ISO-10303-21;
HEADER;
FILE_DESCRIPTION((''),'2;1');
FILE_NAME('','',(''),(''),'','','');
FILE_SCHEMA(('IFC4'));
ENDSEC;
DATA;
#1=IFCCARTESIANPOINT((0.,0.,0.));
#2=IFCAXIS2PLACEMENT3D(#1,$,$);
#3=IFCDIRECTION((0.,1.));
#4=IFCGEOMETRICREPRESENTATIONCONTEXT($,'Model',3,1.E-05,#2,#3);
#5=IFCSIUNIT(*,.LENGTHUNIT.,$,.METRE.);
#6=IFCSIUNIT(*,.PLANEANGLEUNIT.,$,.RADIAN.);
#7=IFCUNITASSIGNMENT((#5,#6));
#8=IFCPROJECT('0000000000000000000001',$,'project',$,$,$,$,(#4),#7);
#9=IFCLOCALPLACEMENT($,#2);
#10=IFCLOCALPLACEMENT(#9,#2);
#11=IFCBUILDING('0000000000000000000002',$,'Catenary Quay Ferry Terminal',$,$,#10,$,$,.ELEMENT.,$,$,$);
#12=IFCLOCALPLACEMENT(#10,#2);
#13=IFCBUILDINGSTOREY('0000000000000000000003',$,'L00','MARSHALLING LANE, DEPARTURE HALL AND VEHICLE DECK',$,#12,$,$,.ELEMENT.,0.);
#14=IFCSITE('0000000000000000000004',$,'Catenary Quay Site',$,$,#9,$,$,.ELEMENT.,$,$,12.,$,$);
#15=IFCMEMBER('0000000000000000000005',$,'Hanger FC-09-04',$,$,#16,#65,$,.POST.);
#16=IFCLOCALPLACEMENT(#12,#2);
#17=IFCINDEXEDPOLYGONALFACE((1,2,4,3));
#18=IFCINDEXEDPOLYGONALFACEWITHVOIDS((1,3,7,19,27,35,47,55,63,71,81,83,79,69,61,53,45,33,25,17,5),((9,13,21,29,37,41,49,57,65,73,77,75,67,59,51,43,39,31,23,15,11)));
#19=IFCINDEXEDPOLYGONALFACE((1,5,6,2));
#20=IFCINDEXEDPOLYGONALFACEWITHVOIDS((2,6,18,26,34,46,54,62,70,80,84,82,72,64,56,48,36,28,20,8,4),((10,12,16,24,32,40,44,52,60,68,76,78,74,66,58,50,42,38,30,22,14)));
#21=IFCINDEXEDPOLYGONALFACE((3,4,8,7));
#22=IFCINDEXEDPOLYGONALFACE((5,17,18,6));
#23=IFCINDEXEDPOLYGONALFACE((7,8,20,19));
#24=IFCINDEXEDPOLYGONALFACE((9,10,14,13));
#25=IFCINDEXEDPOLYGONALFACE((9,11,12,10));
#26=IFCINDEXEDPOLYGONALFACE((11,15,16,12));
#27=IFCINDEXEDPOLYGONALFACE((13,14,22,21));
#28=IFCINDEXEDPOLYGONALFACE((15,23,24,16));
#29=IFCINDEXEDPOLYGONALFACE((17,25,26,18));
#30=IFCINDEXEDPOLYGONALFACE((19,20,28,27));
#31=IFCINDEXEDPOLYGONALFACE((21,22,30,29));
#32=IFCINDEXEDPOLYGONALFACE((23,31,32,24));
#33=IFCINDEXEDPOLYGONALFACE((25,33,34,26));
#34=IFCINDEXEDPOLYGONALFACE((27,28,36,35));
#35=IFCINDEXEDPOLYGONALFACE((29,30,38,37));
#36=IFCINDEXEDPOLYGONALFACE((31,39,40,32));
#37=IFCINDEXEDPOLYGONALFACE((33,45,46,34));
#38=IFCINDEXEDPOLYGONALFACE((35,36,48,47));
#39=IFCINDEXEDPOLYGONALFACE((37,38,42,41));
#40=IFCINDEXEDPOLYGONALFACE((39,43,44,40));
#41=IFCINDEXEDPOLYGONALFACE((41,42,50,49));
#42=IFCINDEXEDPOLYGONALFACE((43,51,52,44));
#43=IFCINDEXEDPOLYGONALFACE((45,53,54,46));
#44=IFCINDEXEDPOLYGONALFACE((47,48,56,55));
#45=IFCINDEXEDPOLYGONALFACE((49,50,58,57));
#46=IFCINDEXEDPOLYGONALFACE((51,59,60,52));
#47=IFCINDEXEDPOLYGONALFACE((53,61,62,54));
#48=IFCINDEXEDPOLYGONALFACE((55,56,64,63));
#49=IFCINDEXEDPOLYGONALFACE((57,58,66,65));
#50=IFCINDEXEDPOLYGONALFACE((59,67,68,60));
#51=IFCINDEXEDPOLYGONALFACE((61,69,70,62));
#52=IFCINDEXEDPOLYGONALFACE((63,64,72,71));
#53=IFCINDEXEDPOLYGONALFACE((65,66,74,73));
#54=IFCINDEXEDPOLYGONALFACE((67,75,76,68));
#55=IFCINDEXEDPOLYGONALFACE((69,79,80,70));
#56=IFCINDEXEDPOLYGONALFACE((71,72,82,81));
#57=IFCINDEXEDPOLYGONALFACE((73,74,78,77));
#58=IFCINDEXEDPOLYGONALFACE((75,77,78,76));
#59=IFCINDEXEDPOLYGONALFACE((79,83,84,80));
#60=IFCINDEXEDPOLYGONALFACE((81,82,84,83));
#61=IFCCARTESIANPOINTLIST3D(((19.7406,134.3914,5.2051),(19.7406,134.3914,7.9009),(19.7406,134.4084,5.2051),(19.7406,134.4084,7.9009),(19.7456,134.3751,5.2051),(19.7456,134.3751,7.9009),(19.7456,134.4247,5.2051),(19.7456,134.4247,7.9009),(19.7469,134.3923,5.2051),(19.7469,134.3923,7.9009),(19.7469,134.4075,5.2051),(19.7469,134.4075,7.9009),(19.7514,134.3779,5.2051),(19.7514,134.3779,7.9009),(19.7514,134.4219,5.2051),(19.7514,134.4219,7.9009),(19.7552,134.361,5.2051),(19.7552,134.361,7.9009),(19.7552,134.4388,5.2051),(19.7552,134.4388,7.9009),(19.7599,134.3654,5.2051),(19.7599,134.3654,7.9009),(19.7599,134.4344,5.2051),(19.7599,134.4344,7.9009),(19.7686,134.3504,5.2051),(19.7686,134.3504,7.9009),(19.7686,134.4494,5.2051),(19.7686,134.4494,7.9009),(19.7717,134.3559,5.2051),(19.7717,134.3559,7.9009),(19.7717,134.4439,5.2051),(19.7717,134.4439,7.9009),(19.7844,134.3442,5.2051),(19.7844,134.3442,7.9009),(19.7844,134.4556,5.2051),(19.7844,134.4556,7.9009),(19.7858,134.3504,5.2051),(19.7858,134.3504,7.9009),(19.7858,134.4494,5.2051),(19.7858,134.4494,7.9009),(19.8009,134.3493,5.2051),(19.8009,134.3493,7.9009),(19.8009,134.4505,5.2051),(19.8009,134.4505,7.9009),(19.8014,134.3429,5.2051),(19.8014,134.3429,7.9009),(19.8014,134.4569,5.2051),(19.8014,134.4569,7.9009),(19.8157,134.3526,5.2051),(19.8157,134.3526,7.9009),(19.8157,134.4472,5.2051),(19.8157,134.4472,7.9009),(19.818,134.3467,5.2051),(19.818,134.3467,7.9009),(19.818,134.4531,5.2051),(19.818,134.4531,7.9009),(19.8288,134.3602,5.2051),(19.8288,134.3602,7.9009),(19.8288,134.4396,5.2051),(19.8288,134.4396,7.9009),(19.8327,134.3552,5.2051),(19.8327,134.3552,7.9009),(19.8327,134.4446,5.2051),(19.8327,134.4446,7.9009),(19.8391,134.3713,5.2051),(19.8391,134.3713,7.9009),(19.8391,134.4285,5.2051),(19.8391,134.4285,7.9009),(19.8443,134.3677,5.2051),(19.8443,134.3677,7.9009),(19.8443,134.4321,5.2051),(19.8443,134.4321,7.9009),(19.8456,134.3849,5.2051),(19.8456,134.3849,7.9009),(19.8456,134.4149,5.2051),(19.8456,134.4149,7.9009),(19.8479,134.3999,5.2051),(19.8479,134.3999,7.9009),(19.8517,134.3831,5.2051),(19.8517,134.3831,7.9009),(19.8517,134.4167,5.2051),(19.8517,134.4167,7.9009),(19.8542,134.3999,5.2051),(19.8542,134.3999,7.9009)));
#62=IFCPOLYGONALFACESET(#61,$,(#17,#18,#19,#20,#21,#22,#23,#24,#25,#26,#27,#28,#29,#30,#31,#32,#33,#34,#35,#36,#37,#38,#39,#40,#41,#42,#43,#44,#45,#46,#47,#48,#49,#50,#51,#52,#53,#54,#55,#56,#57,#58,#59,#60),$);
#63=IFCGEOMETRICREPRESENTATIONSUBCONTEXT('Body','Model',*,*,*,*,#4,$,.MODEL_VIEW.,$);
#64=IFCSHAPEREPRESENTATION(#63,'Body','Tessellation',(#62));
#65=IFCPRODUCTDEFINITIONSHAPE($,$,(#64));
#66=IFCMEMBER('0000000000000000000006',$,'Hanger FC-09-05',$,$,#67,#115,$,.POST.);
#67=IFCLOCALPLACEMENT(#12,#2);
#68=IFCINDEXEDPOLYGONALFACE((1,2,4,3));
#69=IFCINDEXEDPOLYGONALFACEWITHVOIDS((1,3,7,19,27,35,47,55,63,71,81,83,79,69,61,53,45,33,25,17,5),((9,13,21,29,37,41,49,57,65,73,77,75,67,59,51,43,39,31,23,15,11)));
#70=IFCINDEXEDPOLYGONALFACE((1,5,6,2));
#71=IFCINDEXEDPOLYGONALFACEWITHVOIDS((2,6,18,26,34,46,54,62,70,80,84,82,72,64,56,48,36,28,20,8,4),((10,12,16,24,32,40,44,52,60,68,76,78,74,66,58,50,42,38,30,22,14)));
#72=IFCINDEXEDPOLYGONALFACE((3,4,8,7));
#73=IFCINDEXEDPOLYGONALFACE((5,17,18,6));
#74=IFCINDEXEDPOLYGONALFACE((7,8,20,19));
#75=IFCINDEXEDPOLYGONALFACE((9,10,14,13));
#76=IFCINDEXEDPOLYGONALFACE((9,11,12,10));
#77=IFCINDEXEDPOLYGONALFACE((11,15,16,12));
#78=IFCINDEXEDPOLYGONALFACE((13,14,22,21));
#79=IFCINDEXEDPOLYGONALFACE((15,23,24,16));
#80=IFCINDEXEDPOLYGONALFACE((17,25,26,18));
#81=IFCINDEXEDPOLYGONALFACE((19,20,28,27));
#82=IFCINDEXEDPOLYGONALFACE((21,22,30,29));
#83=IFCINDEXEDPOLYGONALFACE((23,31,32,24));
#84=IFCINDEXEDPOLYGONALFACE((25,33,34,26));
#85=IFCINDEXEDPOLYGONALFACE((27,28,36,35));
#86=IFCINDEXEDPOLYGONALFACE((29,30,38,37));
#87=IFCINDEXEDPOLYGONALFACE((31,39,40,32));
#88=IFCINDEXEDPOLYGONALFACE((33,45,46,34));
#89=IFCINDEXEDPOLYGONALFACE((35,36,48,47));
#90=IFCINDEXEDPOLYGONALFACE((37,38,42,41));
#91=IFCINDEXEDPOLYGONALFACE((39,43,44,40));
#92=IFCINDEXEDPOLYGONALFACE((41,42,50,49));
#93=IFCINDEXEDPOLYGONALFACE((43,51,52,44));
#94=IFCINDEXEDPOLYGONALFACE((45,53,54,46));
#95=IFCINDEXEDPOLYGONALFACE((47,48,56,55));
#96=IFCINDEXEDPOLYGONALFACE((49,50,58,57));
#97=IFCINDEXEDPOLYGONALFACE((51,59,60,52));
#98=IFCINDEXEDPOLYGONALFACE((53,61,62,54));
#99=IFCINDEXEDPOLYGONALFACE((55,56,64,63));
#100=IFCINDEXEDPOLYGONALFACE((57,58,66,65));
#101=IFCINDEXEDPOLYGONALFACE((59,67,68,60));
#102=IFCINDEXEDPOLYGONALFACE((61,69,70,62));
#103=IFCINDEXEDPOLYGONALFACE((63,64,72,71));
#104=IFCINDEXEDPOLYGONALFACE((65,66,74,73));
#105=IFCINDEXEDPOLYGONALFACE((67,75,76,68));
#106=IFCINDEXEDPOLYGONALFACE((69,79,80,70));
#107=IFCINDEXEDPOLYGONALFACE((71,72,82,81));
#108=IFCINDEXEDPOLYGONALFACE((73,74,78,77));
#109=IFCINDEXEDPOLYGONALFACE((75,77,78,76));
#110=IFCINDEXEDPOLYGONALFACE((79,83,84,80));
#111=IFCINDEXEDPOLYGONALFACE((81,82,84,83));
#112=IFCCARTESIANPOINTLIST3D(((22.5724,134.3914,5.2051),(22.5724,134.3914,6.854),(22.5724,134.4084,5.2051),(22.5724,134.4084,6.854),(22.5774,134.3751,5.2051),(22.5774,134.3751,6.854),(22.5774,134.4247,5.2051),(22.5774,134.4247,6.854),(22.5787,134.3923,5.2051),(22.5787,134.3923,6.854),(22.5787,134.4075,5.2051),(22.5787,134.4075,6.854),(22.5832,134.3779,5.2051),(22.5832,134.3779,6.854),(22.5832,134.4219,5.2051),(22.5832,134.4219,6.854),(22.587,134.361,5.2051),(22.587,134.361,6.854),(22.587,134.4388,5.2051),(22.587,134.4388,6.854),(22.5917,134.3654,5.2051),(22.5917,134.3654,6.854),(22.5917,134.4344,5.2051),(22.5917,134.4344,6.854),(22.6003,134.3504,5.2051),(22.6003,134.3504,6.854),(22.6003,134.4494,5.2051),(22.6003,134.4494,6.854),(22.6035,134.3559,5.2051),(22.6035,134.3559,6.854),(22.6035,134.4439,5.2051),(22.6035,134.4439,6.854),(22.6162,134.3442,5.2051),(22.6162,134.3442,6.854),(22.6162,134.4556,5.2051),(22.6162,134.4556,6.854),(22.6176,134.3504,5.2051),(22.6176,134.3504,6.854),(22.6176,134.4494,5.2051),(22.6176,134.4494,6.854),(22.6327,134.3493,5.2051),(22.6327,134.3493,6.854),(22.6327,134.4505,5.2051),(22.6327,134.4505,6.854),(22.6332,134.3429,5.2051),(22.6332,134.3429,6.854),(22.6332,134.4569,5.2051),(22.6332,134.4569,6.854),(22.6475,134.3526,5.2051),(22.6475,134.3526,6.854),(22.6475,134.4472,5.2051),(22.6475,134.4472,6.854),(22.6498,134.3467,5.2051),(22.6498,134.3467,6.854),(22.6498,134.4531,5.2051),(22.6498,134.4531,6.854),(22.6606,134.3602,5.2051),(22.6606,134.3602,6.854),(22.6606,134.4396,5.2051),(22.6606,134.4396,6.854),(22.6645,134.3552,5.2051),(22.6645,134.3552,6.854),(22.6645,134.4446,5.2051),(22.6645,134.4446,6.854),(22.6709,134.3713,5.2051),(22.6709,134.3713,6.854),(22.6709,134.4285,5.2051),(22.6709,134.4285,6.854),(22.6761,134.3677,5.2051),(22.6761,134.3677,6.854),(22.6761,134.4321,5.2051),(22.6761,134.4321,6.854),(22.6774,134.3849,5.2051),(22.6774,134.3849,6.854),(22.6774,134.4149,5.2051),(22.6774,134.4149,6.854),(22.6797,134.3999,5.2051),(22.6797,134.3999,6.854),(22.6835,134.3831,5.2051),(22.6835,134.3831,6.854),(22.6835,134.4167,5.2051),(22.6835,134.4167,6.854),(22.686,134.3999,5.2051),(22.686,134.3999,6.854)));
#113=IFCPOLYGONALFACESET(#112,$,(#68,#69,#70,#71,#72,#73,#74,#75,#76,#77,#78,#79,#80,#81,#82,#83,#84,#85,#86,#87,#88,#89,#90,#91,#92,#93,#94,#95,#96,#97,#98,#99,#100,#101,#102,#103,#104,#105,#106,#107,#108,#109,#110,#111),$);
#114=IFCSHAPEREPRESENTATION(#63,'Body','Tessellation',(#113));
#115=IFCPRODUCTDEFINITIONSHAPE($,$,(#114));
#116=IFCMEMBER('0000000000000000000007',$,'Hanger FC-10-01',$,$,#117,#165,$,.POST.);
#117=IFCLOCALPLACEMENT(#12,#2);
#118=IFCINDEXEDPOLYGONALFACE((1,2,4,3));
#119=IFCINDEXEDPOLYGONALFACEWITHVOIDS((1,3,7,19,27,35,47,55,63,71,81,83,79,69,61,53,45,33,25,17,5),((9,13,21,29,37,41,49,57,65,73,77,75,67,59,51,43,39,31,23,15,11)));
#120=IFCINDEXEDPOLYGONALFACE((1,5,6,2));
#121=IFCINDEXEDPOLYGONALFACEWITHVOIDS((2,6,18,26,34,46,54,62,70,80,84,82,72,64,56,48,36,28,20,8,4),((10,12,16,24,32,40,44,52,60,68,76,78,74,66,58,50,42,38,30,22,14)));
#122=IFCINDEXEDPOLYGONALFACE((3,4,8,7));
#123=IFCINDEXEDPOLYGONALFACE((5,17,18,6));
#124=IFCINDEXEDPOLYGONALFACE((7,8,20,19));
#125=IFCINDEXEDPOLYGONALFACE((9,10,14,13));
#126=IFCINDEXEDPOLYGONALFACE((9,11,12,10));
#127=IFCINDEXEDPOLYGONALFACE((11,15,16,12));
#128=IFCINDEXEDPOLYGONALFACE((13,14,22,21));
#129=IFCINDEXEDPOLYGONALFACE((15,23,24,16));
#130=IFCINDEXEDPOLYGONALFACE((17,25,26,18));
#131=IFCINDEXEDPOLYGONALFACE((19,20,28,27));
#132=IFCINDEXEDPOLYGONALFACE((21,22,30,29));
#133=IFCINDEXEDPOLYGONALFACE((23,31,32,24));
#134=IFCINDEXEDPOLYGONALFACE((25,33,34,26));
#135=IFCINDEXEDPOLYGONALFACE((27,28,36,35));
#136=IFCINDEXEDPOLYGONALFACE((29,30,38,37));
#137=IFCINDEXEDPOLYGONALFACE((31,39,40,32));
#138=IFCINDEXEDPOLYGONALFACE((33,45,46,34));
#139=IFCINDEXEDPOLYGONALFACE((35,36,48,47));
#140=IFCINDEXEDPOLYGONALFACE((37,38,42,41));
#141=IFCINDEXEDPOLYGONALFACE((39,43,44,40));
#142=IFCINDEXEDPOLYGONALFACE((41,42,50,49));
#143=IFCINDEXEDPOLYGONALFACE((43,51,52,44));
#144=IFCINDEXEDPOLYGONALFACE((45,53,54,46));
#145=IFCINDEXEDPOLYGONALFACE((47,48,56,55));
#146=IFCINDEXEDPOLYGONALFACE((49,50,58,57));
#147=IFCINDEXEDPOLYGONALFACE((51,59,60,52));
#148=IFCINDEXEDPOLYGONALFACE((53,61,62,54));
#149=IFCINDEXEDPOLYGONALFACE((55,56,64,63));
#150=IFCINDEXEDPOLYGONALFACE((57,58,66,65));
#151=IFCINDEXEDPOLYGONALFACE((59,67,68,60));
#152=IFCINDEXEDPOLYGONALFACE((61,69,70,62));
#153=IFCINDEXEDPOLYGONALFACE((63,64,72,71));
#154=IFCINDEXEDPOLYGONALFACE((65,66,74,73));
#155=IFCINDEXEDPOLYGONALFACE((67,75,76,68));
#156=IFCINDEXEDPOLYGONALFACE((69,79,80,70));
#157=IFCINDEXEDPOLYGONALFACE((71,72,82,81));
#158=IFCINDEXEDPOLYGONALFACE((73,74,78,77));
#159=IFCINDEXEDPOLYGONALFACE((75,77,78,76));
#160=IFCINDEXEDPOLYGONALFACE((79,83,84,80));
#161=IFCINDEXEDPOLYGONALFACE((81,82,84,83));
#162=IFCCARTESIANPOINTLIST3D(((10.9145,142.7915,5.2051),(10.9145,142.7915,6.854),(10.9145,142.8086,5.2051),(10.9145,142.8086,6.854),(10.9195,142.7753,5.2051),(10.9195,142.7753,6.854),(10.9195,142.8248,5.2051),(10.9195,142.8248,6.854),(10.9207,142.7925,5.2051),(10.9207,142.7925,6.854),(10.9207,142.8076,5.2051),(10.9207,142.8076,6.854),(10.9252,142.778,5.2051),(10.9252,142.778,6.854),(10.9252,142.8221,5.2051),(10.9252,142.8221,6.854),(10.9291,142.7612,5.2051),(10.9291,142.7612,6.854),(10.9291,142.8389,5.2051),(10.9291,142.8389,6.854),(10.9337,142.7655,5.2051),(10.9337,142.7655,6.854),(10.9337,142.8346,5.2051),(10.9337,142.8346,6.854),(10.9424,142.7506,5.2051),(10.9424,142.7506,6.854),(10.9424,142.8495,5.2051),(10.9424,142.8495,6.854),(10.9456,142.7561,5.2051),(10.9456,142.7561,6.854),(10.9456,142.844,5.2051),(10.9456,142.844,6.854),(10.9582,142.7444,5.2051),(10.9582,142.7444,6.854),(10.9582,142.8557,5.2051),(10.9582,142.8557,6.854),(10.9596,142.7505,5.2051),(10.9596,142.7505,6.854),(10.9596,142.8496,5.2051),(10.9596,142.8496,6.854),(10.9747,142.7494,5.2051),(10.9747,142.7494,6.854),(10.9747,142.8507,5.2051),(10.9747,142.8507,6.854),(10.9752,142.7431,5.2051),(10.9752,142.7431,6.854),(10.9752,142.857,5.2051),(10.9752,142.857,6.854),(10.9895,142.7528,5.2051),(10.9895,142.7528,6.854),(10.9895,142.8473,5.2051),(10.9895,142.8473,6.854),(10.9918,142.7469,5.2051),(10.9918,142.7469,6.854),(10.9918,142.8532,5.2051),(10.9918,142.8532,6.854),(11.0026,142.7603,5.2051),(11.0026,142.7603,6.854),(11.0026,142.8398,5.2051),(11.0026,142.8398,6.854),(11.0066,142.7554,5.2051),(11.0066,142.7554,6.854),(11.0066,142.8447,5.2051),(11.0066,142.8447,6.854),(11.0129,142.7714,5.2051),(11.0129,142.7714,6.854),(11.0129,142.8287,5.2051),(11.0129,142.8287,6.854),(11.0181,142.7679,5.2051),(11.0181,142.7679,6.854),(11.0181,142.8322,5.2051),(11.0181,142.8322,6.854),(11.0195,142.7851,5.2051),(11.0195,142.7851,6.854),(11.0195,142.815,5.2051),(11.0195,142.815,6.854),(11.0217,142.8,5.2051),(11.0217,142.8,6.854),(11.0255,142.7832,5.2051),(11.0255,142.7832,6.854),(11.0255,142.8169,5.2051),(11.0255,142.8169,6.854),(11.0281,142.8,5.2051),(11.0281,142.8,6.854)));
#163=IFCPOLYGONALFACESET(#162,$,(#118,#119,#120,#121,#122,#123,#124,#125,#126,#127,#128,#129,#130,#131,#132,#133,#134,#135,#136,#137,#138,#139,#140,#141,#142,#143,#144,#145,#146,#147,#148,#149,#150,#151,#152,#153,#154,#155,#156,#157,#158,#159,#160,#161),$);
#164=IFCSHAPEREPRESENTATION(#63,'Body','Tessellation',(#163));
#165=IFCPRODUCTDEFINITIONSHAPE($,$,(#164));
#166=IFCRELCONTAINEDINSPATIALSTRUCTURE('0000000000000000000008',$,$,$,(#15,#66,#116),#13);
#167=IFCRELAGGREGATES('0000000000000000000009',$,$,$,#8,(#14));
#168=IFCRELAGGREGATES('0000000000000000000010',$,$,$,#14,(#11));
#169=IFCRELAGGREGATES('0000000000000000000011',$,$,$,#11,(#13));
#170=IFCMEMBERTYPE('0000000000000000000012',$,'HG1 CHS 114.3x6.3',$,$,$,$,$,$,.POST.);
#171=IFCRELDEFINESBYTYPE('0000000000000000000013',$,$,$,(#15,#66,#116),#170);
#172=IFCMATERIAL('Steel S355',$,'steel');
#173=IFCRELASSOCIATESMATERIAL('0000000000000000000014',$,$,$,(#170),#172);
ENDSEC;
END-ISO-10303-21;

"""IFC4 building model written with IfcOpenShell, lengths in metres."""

from ifc_helpers import new_model, si_unit, direction, frame, origin, origin_2d, place, context, subcontext, project, spatial, hollow_circle, extrude, material, material_profile, profile_set, type_object, element, save


model = new_model("IFC4")

# Units and contexts
model_context = context("Model", 3, precision=1e-05, world=origin(), true_north=direction((0.0, 1.0)))
body_context = subcontext(model_context, "Body", "Model", "MODEL_VIEW")
ifc_project = project(units=[si_unit("LENGTHUNIT", "METRE"), si_unit("PLANEANGLEUNIT", "RADIAN")], contexts=[model_context])

# Site, building, storey
site_placement = place(None, origin())
site = spatial("IfcSite", under=ifc_project, at=site_placement, Name="Catenary Quay Site", CompositionType="ELEMENT", RefElevation=12.0)
building_placement = place(site_placement, origin())
building = spatial("IfcBuilding", under=site, at=building_placement, Name="Catenary Quay Ferry Terminal", CompositionType="ELEMENT")
storey_placement = place(building_placement, origin())
storey = spatial("IfcBuildingStorey", under=building, at=storey_placement, Name="L00", Description="MARSHALLING LANE, DEPARTURE HALL AND VEHICLE DECK", CompositionType="ELEMENT", Elevation=0.0)

# Members
ifc_material_1 = material(Name="Steel S355", Category="steel")
ifc_material_profile_1 = material_profile(ifc_material_1, hollow_circle(Radius=0.0571, WallThickness=0.0063, at=origin_2d()), Name="CHS 114.3x6.3")
ifc_profile_set_1 = profile_set([ifc_material_profile_1], Name="Steel S355")
member_type_1 = type_object("IfcMemberType", Name="HG1 CHS 114.3x6.3", PredefinedType="POST", material=ifc_profile_set_1)
member_1_placement = place(storey_placement, frame((19.7971, 134.3999, 5.2051), z_axis=(0.0, 0.0, 1.0), x_axis=(1.0, 0.0, 0.0)))
element("IfcMember", 1, at=member_1_placement, inside=storey, type_object=member_type_1, Name="Hanger FC-09-04", PredefinedType="POST", context=body_context, shape_type="SweptSolid", body=[
    extrude(hollow_circle(Radius=0.0571, WallThickness=0.0063, at=origin_2d()), origin(), (0.0, 0.0, 1.0), 2.6958),
])
for number, where, z_axis, x_axis, name in (
    (2, (22.6289, 134.3999, 5.2051), (0.0, 0.0, 1.0), (1.0, 0.0, 0.0), "Hanger FC-09-05"),
    (3, (10.9709, 142.8, 5.2051), (0.0, 0.0, 1.0), (1.0, 0.0, 0.0), "Hanger FC-10-01"),
):
    element("IfcMember", number, at=place(storey_placement, frame(where, z_axis=z_axis, x_axis=x_axis)), inside=storey, type_object=member_type_1, Name=name, PredefinedType="POST", context=body_context, shape_type="SweptSolid", body=[
        extrude(hollow_circle(Radius=0.0571, WallThickness=0.0063, at=origin_2d()), origin(), (0.0, 0.0, 1.0), 1.6489),
    ])

save(model, "model.ifc")
